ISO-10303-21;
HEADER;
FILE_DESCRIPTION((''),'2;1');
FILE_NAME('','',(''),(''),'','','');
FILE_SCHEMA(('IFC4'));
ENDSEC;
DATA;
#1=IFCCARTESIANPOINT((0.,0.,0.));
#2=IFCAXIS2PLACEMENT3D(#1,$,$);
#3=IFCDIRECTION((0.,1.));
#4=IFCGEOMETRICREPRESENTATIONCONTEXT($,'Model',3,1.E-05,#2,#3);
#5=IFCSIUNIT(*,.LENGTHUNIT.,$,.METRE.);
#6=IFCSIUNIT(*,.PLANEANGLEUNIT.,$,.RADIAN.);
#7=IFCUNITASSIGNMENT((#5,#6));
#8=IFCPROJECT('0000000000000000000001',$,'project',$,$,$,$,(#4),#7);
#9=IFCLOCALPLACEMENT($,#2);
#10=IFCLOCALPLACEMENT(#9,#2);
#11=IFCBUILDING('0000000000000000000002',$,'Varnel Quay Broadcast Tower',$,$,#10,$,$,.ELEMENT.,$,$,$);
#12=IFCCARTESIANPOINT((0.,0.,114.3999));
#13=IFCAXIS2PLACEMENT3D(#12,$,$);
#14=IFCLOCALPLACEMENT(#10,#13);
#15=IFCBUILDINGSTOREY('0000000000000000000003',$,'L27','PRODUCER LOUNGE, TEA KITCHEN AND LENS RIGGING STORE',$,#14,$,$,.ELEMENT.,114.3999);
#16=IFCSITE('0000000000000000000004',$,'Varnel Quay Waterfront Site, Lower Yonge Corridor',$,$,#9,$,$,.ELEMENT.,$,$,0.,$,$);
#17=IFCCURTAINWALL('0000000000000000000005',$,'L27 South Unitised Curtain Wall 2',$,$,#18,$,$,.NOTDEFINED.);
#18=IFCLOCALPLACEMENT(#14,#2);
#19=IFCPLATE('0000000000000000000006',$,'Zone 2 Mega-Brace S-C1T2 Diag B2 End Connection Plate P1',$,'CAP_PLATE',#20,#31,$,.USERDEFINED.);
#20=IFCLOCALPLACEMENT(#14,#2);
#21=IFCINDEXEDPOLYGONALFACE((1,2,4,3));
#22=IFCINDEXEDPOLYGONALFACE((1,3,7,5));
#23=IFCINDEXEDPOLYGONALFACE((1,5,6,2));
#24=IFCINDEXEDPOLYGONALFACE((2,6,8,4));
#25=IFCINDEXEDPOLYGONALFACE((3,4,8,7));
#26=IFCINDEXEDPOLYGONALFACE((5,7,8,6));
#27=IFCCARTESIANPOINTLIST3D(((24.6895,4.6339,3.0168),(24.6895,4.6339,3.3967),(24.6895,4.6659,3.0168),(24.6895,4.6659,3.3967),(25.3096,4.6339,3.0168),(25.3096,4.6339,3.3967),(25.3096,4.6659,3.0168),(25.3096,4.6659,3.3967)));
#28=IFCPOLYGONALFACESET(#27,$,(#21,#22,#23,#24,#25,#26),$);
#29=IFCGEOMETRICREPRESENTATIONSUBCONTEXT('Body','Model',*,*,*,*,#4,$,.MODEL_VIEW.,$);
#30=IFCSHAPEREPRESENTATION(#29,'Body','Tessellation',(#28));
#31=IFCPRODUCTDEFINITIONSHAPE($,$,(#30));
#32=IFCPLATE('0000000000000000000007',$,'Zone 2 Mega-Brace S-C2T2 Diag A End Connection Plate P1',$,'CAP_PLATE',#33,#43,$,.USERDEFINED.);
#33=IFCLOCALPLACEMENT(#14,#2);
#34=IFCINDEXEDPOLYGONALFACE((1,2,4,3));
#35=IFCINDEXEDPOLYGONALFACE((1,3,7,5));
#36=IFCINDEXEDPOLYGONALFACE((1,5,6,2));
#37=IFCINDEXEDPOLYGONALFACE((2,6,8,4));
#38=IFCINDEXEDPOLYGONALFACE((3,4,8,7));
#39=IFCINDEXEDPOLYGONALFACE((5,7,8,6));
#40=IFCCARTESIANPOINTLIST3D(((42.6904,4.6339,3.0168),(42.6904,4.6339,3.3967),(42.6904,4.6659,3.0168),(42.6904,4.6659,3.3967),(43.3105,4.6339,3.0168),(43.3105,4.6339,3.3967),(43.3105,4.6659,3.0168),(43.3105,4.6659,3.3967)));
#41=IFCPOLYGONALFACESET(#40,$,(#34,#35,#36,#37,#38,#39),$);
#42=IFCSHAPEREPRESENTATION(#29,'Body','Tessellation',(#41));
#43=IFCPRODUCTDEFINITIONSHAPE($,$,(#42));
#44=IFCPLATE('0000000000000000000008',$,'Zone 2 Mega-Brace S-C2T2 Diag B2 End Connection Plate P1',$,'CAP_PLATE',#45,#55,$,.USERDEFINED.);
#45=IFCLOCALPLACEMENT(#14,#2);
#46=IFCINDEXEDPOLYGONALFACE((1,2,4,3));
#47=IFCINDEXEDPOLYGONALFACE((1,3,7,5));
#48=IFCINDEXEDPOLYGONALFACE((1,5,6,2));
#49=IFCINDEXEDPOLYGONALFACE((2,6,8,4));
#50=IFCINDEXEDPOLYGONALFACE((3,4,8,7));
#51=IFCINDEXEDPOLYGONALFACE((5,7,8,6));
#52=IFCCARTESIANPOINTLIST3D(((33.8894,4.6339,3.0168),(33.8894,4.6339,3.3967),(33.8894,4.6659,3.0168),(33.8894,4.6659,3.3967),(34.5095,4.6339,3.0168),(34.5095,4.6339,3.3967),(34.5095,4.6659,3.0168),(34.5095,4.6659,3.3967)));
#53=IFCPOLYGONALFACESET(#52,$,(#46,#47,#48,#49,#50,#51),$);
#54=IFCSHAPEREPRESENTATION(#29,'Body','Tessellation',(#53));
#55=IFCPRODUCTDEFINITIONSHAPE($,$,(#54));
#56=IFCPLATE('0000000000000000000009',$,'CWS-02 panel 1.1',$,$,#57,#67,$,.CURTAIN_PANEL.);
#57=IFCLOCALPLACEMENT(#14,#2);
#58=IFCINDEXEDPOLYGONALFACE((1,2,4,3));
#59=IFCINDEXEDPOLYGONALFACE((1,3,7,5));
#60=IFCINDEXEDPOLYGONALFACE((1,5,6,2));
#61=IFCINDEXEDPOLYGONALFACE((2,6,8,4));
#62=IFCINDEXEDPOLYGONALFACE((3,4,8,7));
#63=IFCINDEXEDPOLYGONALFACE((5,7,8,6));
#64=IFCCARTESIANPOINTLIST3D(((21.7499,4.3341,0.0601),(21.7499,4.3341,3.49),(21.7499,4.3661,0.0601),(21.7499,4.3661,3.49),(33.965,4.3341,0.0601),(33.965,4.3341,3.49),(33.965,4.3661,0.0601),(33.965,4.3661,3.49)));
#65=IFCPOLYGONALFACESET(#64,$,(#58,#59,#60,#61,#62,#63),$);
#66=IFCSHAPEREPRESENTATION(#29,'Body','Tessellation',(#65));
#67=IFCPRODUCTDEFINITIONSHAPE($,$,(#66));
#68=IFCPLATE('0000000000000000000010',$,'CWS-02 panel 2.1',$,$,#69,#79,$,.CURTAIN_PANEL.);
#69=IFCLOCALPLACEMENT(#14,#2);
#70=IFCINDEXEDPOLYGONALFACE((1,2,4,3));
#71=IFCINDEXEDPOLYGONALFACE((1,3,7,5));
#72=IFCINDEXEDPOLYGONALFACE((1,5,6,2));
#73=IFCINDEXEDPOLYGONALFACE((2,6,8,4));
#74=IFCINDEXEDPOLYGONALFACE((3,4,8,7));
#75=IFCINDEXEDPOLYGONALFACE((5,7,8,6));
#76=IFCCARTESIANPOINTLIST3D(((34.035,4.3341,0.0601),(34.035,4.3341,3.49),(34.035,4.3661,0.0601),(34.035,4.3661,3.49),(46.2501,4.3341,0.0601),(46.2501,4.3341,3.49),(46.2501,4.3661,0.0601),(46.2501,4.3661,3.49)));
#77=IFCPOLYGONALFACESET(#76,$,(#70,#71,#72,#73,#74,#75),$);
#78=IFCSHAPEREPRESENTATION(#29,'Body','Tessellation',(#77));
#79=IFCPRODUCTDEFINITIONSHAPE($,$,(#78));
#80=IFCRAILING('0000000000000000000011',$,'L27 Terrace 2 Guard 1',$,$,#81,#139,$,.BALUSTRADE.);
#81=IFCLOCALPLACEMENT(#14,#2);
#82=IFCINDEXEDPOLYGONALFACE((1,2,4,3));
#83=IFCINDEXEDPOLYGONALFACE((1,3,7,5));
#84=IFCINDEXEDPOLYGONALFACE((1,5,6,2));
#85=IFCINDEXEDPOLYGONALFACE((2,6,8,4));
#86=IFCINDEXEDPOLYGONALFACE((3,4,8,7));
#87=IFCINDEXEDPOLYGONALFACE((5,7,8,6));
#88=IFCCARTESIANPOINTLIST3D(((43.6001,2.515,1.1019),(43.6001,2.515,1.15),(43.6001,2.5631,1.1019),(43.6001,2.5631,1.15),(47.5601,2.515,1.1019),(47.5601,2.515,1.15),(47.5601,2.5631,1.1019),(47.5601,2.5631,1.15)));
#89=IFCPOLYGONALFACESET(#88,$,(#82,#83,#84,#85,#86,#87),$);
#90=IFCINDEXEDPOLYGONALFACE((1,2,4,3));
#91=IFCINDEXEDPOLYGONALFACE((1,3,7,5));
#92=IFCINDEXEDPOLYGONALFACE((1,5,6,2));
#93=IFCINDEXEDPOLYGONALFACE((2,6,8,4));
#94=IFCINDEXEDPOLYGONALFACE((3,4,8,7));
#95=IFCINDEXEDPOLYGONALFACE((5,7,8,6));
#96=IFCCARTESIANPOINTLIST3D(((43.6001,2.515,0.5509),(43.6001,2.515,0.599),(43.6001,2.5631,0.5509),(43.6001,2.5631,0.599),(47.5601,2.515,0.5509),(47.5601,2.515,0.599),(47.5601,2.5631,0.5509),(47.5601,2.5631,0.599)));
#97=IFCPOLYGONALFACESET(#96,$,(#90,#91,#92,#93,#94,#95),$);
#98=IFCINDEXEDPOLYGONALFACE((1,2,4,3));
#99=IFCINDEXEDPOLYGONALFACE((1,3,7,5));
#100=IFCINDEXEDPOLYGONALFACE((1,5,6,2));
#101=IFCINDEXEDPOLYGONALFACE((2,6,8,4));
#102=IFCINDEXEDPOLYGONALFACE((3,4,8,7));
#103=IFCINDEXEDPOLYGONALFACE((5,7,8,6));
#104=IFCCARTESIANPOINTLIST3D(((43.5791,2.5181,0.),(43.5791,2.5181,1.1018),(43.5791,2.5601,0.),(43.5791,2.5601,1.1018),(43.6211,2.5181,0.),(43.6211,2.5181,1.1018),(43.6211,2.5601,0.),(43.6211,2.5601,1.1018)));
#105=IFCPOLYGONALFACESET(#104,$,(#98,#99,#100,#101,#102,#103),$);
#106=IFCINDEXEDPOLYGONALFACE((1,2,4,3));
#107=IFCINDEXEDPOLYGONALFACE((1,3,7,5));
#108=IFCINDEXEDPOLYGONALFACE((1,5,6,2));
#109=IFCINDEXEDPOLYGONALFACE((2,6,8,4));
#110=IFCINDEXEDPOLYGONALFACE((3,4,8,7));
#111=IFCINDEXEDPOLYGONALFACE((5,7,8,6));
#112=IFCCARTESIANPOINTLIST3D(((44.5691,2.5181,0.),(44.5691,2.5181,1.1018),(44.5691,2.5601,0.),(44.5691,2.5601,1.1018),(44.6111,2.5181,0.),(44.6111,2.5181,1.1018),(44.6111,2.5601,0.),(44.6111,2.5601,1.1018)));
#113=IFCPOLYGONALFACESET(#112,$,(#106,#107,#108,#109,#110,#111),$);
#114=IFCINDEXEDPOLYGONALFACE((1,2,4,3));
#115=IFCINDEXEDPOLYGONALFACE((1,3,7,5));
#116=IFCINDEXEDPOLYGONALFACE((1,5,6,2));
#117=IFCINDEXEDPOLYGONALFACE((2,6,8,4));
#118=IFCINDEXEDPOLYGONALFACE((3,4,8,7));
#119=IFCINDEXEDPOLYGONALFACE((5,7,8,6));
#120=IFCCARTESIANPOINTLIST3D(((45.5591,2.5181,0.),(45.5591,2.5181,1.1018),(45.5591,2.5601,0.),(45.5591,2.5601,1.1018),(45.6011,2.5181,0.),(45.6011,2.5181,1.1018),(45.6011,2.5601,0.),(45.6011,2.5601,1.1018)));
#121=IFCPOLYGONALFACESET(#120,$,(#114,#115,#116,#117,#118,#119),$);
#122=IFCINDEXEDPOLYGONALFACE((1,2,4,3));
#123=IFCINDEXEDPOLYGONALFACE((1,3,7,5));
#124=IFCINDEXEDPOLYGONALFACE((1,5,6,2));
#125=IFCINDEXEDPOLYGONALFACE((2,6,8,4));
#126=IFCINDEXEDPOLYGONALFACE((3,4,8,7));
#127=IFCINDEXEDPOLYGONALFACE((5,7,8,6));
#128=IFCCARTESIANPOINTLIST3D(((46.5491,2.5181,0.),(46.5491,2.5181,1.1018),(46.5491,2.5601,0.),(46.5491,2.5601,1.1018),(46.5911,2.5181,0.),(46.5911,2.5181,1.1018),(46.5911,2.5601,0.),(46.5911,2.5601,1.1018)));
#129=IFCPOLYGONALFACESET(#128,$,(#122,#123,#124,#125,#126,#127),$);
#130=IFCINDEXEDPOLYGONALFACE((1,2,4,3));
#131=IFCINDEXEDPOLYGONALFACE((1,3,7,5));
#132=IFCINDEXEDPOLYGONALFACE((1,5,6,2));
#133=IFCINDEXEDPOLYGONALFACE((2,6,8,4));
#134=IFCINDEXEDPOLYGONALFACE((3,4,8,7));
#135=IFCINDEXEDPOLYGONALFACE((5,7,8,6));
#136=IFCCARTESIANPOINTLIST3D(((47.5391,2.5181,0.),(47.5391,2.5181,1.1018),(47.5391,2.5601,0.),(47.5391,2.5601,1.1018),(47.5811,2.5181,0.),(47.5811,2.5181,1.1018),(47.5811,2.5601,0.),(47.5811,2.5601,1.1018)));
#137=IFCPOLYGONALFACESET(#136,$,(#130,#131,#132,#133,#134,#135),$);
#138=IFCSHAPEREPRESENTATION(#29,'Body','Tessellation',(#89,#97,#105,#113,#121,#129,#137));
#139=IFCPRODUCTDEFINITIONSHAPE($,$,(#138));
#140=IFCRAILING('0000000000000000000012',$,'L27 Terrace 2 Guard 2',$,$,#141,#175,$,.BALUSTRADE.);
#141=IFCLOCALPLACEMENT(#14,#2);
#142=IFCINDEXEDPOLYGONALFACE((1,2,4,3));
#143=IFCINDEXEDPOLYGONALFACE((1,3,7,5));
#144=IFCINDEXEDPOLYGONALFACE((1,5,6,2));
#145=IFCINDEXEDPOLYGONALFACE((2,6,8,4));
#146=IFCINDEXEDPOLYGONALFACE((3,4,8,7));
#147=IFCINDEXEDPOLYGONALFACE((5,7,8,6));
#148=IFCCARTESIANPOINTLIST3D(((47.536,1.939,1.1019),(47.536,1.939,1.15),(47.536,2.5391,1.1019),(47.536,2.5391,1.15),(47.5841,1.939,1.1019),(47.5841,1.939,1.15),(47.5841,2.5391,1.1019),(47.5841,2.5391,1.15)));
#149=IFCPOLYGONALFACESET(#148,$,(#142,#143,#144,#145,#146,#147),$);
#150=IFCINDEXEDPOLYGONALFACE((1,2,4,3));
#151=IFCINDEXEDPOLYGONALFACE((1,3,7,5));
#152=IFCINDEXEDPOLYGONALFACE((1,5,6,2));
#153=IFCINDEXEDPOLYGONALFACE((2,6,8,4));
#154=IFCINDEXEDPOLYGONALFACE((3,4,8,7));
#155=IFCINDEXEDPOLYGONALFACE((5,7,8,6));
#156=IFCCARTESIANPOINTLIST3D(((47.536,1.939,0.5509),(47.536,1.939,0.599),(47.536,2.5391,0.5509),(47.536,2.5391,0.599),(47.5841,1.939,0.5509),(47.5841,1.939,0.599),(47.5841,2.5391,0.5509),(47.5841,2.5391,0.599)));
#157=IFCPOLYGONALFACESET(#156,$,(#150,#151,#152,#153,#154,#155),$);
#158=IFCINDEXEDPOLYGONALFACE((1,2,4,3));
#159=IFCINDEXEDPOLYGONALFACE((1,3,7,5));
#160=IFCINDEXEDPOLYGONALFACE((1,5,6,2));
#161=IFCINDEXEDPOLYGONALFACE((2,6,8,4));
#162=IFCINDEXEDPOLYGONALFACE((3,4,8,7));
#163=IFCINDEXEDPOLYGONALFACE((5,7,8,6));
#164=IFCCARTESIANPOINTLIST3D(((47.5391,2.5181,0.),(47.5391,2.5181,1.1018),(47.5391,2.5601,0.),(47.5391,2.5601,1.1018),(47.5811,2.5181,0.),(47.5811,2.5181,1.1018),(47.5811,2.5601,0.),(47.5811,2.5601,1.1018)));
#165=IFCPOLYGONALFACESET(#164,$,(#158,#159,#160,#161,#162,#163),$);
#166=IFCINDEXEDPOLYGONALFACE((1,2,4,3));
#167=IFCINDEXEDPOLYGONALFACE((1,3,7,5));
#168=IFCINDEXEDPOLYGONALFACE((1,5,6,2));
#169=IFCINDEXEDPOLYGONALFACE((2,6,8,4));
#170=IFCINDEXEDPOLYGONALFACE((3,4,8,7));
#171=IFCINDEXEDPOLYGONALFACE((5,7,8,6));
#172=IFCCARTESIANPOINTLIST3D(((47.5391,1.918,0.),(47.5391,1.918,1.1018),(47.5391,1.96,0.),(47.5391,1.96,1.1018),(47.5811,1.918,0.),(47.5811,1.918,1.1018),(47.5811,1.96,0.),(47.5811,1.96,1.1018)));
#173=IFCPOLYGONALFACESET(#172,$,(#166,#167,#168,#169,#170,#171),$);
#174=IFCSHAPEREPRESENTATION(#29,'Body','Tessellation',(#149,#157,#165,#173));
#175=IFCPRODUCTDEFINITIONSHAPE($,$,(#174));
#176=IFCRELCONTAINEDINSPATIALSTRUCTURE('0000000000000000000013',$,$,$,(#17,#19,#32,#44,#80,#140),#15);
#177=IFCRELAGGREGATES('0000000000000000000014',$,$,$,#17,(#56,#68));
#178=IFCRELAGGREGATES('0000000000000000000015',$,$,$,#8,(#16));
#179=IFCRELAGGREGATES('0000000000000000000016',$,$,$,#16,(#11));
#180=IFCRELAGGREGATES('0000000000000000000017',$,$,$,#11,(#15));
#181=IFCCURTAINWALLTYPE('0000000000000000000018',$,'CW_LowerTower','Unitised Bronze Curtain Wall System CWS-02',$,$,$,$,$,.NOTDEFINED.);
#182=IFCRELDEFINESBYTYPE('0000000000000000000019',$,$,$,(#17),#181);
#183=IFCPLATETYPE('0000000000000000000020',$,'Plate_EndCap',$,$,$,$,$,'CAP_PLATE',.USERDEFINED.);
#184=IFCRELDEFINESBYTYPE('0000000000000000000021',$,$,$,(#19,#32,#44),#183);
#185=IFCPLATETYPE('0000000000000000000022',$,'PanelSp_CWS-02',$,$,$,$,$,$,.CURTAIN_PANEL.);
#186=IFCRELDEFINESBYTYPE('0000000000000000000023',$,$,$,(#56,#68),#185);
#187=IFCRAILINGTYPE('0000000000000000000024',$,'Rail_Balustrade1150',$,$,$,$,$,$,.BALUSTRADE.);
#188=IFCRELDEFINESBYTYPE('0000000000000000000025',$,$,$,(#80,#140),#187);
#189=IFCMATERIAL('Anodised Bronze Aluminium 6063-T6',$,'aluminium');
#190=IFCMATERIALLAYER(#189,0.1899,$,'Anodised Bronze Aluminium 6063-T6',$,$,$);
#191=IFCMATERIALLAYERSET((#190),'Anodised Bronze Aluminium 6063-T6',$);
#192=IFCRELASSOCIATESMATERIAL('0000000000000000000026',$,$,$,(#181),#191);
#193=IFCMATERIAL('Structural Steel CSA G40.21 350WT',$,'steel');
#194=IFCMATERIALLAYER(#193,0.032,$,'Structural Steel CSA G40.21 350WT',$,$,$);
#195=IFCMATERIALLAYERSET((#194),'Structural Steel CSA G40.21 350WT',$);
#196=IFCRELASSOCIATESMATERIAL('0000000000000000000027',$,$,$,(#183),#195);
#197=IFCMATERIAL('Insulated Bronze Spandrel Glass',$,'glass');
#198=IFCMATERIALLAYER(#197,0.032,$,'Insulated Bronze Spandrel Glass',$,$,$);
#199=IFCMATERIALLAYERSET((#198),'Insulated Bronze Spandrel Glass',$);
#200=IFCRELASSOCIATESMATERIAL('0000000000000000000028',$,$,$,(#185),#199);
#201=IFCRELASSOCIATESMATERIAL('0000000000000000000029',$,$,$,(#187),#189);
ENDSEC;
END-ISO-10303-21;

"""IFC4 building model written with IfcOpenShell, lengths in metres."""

from ifc_helpers import new_model, si_unit, direction, frame, origin, origin_2d, place, context, subcontext, project, spatial, rectangle, extrude, source, transform, mapped, material, layer, layer_set, type_object, type_shapes, element, aggregate, save


model = new_model("IFC4")

# Units and contexts
model_context = context("Model", 3, precision=1e-05, world=origin(), true_north=direction((0.0, 1.0)))
body_context = subcontext(model_context, "Body", "Model", "MODEL_VIEW")
ifc_project = project(units=[si_unit("LENGTHUNIT", "METRE"), si_unit("PLANEANGLEUNIT", "RADIAN")], contexts=[model_context])

# Site, building, storey
site_placement = place(None, origin())
site = spatial("IfcSite", under=ifc_project, at=site_placement, Name="Varnel Quay Waterfront Site, Lower Yonge Corridor", CompositionType="ELEMENT", RefElevation=0.0)
building_placement = place(site_placement, origin())
building = spatial("IfcBuilding", under=site, at=building_placement, Name="Varnel Quay Broadcast Tower", CompositionType="ELEMENT")
storey_placement = place(building_placement, frame((0.0, 0.0, 114.3999)))
storey = spatial("IfcBuildingStorey", under=building, at=storey_placement, Name="L27", Description="PRODUCER LOUNGE, TEA KITCHEN AND LENS RIGGING STORE", CompositionType="ELEMENT", Elevation=114.3999)

# Curtain wall
ifc_material_1 = material(Name="Anodised Bronze Aluminium 6063-T6", Category="aluminium")
ifc_layer_1 = layer(ifc_material_1, 0.1899, Name="Anodised Bronze Aluminium 6063-T6")
ifc_layer_set_1 = layer_set([ifc_layer_1], Name="Anodised Bronze Aluminium 6063-T6")
curtain_wall_type = type_object("IfcCurtainWallType", Name="CW_LowerTower", Description="Unitised Bronze Curtain Wall System CWS-02", PredefinedType="NOTDEFINED", material=ifc_layer_set_1)
curtain_wall_placement = place(storey_placement, origin())
curtain_wall = element("IfcCurtainWall", 1, at=curtain_wall_placement, inside=storey, type_object=curtain_wall_type, Name="L27 South Unitised Curtain Wall 2", PredefinedType="NOTDEFINED")

# Plates
ifc_material_2 = material(Name="Structural Steel CSA G40.21 350WT", Category="steel")
ifc_layer_2 = layer(ifc_material_2, 0.032, Name="Structural Steel CSA G40.21 350WT")
ifc_layer_set_2 = layer_set([ifc_layer_2], Name="Structural Steel CSA G40.21 350WT")
plate_type_1 = type_object("IfcPlateType", Name="Plate_EndCap", ElementType="CAP_PLATE", PredefinedType="USERDEFINED", material=ifc_layer_set_2)
shared_shape_1 = source(origin(), body_context, "Body", "SweptSolid", [
    extrude(rectangle(XDim=0.6201, YDim=0.032, at=origin_2d()), origin(), (0.0, 0.0, 1.0), 0.3799),
])
type_shapes(plate_type_1, [shared_shape_1])
for number, where, z_axis, x_axis, name in (
    (2, (24.9995, 4.6499, 3.0168), (0.0, 0.0, 1.0), (1.0, 0.0, 0.0), "Zone 2 Mega-Brace S-C1T2 Diag B2 End Connection Plate P1"),
    (3, (43.0005, 4.6499, 3.0168), (0.0, 0.0, 1.0), (1.0, 0.0, 0.0), "Zone 2 Mega-Brace S-C2T2 Diag A End Connection Plate P1"),
    (4, (34.1995, 4.6499, 3.0168), (0.0, 0.0, 1.0), (1.0, 0.0, 0.0), "Zone 2 Mega-Brace S-C2T2 Diag B2 End Connection Plate P1"),
):
    element("IfcPlate", number, at=place(storey_placement, frame(where, z_axis=z_axis, x_axis=x_axis)), inside=storey, type_object=plate_type_1, Name=name, ObjectType="CAP_PLATE", PredefinedType="USERDEFINED", context=body_context, shape_type="MappedRepresentation", body=[
        mapped(shared_shape_1, transform((0.0, 0.0, 0.0), x_axis=(1.0, 0.0, 0.0), y_axis=(0.0, 1.0, 0.0), z_axis=(0.0, 0.0, 1.0), scale=1.0)),
    ])

# Plates
ifc_material_3 = material(Name="Insulated Bronze Spandrel Glass", Category="glass")
ifc_layer_3 = layer(ifc_material_3, 0.032, Name="Insulated Bronze Spandrel Glass")
ifc_layer_set_3 = layer_set([ifc_layer_3], Name="Insulated Bronze Spandrel Glass")
plate_type_2 = type_object("IfcPlateType", Name="PanelSp_CWS-02", PredefinedType="CURTAIN_PANEL", material=ifc_layer_set_3)
shared_shape_2 = source(origin(), body_context, "Body", "SweptSolid", [
    extrude(rectangle(XDim=12.2151, YDim=0.032, at=origin_2d()), origin(), (0.0, 0.0, 1.0), 3.4299),
])
type_shapes(plate_type_2, [shared_shape_2])
plate_1_placement = place(storey_placement, frame((27.8574, 4.3501, 0.0601), z_axis=(0.0, 0.0, 1.0), x_axis=(1.0, 0.0, 0.0)))
plate_1 = element("IfcPlate", 5, at=plate_1_placement, type_object=plate_type_2, Name="CWS-02 panel 1.1", PredefinedType="CURTAIN_PANEL", context=body_context, shape_type="MappedRepresentation", body=[
    mapped(shared_shape_2, transform((0.0, 0.0, 0.0), x_axis=(1.0, 0.0, 0.0), y_axis=(0.0, 1.0, 0.0), z_axis=(0.0, 0.0, 1.0), scale=1.0)),
])
plate_2_placement = place(storey_placement, frame((40.1426, 4.3501, 0.0601), z_axis=(0.0, 0.0, 1.0), x_axis=(1.0, 0.0, 0.0)))
plate_2 = element("IfcPlate", 6, at=plate_2_placement, type_object=plate_type_2, Name="CWS-02 panel 2.1", PredefinedType="CURTAIN_PANEL", context=body_context, shape_type="MappedRepresentation", body=[
    mapped(shared_shape_2, transform((0.0, 0.0, 0.0), x_axis=(1.0, 0.0, 0.0), y_axis=(0.0, 1.0, 0.0), z_axis=(0.0, 0.0, 1.0), scale=1.0)),
])
aggregate(curtain_wall, [plate_1, plate_2])

# Railings
railing_type = type_object("IfcRailingType", Name="Rail_Balustrade1150", PredefinedType="BALUSTRADE", material=ifc_material_1)
railing_1_placement = place(storey_placement, frame((43.6001, 2.5391, 0.0)))
element("IfcRailing", 7, at=railing_1_placement, inside=storey, type_object=railing_type, Name="L27 Terrace 2 Guard 1", PredefinedType="BALUSTRADE", context=body_context, shape_type="SweptSolid", body=[
    extrude(rectangle(XDim=0.0481, YDim=0.0481, at=origin_2d()), frame((0.0, 0.0, 1.126), z_axis=(1.0, 0.0, 0.0), x_axis=(0.0, 1.0, 0.0)), (0.0, 0.0, 1.0), 3.96),
    extrude(rectangle(XDim=0.0481, YDim=0.0481, at=origin_2d()), frame((0.0, 0.0, 0.575), z_axis=(1.0, 0.0, 0.0), x_axis=(0.0, 1.0, 0.0)), (0.0, 0.0, 1.0), 3.96),
    extrude(rectangle(XDim=0.042, YDim=0.042, at=origin_2d()), origin(), (0.0, 0.0, 1.0), 1.1018),
    extrude(rectangle(XDim=0.042, YDim=0.042, at=origin_2d()), frame((0.99, 0.0, 0.0)), (0.0, 0.0, 1.0), 1.1018),
    extrude(rectangle(XDim=0.042, YDim=0.042, at=origin_2d()), frame((1.98, 0.0, 0.0)), (0.0, 0.0, 1.0), 1.1018),
    extrude(rectangle(XDim=0.042, YDim=0.042, at=origin_2d()), frame((2.97, 0.0, 0.0)), (0.0, 0.0, 1.0), 1.1018),
    extrude(rectangle(XDim=0.042, YDim=0.042, at=origin_2d()), frame((3.96, 0.0, 0.0)), (0.0, 0.0, 1.0), 1.1018),
])
railing_2_placement = place(storey_placement, frame((47.5601, 2.5391, 0.0)))
element("IfcRailing", 8, at=railing_2_placement, inside=storey, type_object=railing_type, Name="L27 Terrace 2 Guard 2", PredefinedType="BALUSTRADE", context=body_context, shape_type="SweptSolid", body=[
    extrude(rectangle(XDim=0.0481, YDim=0.0481, at=origin_2d()), frame((0.0, 0.0, 1.126), z_axis=(0.0, -1.0, 0.0), x_axis=(1.0, 0.0, 0.0)), (0.0, 0.0, 1.0), 0.6001),
    extrude(rectangle(XDim=0.0481, YDim=0.0481, at=origin_2d()), frame((0.0, 0.0, 0.575), z_axis=(0.0, -1.0, 0.0), x_axis=(1.0, 0.0, 0.0)), (0.0, 0.0, 1.0), 0.6001),
    extrude(rectangle(XDim=0.042, YDim=0.042, at=origin_2d()), origin(), (0.0, 0.0, 1.0), 1.1018),
    extrude(rectangle(XDim=0.042, YDim=0.042, at=origin_2d()), frame((0.0, -0.6001, 0.0)), (0.0, 0.0, 1.0), 1.1018),
])

save(model, "model.ifc")
